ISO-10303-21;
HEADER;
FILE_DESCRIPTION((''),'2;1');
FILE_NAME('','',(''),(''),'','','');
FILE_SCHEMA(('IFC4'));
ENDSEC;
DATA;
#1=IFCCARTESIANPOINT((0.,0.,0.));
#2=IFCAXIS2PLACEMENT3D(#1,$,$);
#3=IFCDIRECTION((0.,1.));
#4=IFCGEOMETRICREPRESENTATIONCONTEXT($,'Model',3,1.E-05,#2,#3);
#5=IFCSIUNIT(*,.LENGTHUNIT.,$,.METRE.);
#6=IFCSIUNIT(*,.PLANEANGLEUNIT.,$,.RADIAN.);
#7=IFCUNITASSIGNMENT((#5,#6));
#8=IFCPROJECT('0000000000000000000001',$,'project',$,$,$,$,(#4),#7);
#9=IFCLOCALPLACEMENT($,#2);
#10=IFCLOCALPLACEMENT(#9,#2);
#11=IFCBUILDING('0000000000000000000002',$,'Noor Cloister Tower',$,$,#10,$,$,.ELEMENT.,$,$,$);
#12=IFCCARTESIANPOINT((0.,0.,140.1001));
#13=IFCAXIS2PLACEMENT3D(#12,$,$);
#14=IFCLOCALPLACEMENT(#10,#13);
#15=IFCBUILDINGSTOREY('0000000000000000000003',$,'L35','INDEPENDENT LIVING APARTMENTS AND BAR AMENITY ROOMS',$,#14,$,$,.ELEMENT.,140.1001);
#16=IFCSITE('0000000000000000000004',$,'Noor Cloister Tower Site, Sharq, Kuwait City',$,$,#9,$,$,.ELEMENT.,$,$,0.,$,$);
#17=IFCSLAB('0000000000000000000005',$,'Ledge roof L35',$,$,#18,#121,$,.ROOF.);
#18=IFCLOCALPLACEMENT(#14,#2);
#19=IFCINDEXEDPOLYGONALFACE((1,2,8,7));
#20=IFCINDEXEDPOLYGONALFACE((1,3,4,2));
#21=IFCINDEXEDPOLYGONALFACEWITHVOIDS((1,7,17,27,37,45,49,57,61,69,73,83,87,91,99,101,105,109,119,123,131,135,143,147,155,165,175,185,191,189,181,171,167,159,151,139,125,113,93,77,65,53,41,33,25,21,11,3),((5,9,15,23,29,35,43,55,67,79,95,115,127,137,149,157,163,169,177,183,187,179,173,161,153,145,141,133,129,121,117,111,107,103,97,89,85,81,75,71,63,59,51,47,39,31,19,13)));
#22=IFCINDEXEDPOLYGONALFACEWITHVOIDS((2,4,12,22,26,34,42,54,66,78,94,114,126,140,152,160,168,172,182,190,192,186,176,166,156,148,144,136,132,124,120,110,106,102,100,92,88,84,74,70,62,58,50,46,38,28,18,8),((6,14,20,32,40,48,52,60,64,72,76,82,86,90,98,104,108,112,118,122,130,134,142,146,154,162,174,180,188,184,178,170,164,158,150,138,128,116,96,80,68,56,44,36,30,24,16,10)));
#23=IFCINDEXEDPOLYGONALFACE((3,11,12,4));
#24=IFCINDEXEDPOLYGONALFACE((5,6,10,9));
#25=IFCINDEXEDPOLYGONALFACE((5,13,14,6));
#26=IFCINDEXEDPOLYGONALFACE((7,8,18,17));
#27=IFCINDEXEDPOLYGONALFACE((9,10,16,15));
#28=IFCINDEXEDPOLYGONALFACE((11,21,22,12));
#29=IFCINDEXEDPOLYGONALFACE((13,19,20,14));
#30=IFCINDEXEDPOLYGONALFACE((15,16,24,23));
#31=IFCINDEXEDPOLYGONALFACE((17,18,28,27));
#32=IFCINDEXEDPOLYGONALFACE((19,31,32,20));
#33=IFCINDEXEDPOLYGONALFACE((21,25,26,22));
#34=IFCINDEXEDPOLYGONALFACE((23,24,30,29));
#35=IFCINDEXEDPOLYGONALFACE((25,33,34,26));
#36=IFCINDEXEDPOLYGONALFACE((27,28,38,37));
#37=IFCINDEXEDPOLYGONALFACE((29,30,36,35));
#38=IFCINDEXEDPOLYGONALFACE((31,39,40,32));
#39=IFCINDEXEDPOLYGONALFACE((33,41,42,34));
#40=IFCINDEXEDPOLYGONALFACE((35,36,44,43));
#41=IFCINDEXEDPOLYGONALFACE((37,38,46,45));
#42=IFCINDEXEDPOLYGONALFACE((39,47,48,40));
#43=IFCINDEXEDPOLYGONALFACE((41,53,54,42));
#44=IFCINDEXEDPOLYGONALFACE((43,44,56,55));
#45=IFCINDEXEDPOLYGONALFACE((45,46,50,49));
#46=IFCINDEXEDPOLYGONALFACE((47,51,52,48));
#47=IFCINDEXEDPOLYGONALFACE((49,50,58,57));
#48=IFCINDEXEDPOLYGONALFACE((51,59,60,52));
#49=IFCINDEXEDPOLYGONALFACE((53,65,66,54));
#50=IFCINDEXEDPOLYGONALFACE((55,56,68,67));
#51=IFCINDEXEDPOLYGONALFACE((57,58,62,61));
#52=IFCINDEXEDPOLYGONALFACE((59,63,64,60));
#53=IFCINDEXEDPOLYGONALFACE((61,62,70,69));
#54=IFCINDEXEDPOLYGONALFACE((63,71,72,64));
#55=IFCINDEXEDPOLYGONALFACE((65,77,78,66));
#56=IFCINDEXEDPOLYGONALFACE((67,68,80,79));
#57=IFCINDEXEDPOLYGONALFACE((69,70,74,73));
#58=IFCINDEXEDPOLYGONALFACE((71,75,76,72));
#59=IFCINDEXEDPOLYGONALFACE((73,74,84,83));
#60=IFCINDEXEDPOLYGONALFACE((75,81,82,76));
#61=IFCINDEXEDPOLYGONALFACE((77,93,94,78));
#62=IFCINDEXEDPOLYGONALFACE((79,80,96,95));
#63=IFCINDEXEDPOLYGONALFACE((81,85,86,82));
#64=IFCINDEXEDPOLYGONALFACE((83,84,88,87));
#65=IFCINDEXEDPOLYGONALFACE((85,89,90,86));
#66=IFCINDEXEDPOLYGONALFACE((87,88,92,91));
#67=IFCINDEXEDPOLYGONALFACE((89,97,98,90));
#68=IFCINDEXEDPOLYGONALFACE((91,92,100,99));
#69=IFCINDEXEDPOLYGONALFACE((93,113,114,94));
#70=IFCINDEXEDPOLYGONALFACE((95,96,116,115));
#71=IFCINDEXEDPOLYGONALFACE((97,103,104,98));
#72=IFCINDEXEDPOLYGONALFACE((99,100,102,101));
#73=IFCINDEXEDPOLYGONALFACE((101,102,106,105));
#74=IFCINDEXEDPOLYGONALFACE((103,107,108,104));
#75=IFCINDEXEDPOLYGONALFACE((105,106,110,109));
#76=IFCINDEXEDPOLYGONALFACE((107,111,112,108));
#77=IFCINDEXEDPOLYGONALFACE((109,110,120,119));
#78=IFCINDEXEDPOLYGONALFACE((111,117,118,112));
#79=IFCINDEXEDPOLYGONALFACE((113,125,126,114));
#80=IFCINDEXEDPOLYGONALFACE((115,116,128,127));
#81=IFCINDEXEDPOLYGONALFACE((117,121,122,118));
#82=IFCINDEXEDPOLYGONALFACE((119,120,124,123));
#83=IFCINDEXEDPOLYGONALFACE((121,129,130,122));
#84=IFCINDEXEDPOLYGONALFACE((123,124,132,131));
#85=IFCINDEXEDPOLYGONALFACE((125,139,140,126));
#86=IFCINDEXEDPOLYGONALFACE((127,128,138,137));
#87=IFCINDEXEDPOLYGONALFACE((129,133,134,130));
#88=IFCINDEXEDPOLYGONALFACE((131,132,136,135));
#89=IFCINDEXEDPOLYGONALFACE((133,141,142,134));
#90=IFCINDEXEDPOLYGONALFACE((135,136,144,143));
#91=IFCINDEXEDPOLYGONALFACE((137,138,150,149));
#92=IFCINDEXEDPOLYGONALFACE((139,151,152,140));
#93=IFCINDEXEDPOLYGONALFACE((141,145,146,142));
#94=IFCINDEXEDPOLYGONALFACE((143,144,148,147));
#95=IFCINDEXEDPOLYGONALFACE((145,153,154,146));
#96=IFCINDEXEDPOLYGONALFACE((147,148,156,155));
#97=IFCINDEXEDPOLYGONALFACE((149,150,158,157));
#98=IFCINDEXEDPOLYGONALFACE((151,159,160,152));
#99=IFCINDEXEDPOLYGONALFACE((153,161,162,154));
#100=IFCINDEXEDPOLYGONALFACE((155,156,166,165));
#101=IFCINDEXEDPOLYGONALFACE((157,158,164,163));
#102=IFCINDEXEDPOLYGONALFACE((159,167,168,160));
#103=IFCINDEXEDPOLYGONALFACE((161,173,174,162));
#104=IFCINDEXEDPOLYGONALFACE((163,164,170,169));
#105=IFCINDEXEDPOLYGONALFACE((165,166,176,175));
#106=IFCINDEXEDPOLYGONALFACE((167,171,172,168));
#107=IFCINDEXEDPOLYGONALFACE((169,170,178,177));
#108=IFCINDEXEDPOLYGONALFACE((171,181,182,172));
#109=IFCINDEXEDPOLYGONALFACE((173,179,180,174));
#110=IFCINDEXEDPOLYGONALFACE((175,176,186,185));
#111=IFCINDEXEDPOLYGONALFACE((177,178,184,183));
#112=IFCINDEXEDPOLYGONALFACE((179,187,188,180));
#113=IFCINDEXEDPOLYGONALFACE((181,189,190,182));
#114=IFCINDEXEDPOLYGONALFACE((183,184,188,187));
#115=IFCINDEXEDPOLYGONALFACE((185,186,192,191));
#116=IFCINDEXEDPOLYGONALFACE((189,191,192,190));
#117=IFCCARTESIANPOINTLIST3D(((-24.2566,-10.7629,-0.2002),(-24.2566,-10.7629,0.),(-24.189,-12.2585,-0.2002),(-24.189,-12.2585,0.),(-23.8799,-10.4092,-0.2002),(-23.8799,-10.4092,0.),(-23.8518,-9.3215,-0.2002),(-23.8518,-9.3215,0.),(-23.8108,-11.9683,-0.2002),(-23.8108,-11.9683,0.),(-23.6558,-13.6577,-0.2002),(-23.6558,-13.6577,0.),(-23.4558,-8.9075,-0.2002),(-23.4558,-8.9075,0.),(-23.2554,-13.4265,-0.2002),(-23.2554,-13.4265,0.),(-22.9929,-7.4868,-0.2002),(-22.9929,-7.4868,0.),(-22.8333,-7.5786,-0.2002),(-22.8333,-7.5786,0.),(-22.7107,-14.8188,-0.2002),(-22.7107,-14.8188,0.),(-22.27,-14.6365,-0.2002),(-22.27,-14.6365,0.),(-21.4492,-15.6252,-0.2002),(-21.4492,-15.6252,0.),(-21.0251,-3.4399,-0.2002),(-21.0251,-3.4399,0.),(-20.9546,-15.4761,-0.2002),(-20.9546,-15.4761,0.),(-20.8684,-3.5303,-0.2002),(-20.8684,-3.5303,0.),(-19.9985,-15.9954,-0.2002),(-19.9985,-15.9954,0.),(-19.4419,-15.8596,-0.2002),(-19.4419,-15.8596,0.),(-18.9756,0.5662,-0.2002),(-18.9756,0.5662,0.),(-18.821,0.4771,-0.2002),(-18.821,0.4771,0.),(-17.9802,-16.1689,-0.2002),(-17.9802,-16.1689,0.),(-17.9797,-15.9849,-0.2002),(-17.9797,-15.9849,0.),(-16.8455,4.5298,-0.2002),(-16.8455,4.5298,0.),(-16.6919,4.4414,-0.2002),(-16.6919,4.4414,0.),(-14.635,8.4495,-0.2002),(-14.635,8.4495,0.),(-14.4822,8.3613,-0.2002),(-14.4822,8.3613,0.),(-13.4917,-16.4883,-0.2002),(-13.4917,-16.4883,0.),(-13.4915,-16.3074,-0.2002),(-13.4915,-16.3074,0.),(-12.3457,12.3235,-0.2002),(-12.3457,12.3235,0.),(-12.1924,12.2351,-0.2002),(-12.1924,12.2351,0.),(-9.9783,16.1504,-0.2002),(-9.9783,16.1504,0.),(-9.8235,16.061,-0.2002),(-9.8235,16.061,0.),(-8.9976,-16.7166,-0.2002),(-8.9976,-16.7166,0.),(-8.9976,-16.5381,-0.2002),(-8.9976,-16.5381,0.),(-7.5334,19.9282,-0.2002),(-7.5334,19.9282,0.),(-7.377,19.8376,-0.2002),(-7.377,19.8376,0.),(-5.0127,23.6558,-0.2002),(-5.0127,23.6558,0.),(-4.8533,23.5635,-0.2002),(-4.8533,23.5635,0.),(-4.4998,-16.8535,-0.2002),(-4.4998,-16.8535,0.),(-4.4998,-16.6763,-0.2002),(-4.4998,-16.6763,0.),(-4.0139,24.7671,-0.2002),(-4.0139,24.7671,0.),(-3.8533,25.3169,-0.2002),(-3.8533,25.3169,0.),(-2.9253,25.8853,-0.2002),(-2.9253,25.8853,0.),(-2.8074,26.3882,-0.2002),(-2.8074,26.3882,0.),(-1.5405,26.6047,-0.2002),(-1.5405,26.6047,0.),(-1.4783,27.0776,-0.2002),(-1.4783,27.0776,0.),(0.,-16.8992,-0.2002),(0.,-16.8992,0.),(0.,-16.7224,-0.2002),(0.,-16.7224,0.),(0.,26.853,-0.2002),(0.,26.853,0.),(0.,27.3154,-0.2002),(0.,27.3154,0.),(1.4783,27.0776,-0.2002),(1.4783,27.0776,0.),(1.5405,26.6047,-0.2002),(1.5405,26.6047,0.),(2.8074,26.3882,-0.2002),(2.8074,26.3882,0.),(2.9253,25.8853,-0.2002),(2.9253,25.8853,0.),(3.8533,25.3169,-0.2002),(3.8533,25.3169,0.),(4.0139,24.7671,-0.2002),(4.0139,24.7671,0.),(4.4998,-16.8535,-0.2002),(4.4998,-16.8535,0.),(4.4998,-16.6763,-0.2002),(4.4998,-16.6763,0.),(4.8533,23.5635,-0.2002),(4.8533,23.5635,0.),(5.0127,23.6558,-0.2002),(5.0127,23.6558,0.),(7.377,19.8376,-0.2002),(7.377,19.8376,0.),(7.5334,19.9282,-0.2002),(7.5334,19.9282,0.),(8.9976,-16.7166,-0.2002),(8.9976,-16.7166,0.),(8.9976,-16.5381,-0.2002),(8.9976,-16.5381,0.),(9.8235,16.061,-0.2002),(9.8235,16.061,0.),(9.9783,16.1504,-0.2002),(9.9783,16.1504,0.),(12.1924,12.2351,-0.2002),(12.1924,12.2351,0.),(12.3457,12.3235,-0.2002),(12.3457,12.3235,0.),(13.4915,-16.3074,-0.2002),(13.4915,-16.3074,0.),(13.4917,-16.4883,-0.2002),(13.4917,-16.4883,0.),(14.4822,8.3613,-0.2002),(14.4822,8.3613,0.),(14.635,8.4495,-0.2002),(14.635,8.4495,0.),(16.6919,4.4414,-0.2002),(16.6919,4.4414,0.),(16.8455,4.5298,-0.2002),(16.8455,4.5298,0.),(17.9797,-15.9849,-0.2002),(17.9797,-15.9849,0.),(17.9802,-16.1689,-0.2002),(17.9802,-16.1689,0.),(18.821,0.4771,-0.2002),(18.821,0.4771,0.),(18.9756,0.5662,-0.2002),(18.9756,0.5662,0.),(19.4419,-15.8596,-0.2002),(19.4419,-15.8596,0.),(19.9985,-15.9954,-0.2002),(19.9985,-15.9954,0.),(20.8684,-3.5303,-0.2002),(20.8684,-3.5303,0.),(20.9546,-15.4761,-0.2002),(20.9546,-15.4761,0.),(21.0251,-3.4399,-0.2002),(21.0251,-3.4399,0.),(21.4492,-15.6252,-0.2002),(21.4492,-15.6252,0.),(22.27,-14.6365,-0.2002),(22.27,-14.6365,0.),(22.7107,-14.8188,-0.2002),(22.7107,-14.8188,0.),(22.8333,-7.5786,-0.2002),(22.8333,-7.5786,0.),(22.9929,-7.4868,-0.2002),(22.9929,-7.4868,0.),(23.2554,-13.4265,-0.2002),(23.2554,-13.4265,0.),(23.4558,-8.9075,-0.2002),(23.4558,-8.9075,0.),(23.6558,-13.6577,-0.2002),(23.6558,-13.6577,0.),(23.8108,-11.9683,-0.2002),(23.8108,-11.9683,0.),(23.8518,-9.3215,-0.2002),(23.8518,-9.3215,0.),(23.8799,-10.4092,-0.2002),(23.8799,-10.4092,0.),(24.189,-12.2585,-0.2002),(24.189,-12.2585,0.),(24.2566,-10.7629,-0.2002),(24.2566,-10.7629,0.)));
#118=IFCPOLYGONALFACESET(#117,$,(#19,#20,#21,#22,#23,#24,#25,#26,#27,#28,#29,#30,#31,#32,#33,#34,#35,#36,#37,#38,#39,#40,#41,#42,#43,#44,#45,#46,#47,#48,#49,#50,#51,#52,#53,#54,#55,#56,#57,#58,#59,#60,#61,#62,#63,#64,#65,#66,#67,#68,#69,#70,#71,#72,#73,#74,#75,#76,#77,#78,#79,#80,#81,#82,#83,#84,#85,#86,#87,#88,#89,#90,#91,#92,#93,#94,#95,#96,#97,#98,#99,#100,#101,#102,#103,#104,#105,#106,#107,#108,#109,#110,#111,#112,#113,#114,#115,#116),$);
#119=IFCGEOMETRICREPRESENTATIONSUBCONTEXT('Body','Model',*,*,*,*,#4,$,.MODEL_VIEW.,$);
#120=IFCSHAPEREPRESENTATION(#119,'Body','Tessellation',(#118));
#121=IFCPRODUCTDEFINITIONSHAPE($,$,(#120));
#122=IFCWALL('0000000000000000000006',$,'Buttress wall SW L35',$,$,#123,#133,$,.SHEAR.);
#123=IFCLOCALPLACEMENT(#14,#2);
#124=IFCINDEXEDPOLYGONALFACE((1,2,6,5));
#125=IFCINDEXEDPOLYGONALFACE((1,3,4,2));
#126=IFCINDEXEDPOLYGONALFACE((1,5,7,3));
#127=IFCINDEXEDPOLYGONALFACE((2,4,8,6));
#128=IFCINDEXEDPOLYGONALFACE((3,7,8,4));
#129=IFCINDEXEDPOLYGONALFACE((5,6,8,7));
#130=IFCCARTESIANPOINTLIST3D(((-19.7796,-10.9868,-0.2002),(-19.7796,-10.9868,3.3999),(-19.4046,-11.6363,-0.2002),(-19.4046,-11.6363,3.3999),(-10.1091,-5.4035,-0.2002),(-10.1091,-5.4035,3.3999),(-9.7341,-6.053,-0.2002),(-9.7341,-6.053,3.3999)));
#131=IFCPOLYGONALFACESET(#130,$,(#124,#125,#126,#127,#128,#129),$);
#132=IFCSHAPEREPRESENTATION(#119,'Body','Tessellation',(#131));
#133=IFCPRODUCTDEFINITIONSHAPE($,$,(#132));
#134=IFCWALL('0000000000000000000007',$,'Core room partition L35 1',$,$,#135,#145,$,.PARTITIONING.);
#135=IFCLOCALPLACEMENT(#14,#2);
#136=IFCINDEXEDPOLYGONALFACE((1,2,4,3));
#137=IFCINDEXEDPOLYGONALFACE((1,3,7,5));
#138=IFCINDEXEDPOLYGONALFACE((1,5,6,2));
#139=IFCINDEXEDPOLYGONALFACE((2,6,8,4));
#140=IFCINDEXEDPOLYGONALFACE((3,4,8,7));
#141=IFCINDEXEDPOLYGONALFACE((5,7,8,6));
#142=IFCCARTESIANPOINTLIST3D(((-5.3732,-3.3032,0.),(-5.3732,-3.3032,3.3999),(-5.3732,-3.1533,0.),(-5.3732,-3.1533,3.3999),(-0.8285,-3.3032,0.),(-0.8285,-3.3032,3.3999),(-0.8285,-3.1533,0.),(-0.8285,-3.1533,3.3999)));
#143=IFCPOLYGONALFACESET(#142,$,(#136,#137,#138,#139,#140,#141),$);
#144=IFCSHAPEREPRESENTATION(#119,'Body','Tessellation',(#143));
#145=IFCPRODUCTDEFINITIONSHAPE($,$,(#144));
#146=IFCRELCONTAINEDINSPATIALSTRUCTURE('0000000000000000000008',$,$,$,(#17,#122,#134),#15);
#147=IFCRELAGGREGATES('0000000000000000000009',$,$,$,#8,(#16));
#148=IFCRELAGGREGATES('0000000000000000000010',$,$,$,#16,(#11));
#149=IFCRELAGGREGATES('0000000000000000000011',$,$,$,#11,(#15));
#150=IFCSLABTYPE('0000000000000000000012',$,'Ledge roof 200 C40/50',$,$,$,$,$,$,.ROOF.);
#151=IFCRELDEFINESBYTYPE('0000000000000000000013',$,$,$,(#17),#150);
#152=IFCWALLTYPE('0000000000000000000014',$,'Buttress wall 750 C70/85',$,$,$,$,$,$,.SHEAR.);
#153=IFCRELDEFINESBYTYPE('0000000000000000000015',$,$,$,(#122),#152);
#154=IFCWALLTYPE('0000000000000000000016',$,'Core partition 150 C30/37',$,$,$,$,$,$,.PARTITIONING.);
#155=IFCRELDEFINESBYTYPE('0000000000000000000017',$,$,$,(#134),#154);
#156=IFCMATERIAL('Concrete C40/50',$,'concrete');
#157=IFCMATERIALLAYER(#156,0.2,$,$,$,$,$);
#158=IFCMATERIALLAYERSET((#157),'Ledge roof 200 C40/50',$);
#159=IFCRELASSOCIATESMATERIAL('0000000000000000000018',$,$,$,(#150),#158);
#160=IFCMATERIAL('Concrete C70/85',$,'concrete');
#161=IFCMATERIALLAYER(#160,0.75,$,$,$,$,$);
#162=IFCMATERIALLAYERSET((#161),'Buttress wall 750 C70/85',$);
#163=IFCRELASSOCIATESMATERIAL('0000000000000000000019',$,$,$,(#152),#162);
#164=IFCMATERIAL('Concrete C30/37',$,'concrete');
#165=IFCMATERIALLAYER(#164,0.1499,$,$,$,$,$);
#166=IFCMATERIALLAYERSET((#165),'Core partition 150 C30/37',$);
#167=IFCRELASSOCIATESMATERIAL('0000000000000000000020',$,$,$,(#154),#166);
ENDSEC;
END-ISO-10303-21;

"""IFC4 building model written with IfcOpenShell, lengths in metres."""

from ifc_helpers import new_model, si_unit, direction, frame, frame_2d, origin, place, context, subcontext, project, spatial, polyline, rectangle, outline, extrude, material, layer, layer_set, type_object, element, save


model = new_model("IFC4")

# Units and contexts
model_context = context("Model", 3, precision=1e-05, world=origin(), true_north=direction((0.0, 1.0)))
body_context = subcontext(model_context, "Body", "Model", "MODEL_VIEW")
ifc_project = project(units=[si_unit("LENGTHUNIT", "METRE"), si_unit("PLANEANGLEUNIT", "RADIAN")], contexts=[model_context])

# Site, building, storey
site_placement = place(None, origin())
site = spatial("IfcSite", under=ifc_project, at=site_placement, Name="Noor Cloister Tower Site, Sharq, Kuwait City", CompositionType="ELEMENT", RefElevation=0.0)
building_placement = place(site_placement, origin())
building = spatial("IfcBuilding", under=site, at=building_placement, Name="Noor Cloister Tower", CompositionType="ELEMENT")
storey_placement = place(building_placement, frame((0.0, 0.0, 140.1001)))
storey = spatial("IfcBuildingStorey", under=building, at=storey_placement, Name="L35", Description="INDEPENDENT LIVING APARTMENTS AND BAR AMENITY ROOMS", CompositionType="ELEMENT", Elevation=140.1001)

# Slab
ifc_material_1 = material(Name="Concrete C40/50", Category="concrete")
ifc_layer_1 = layer(ifc_material_1, 0.2)
ifc_layer_set_1 = layer_set([ifc_layer_1], Name="Ledge roof 200 C40/50")
slab_type_1 = type_object("IfcSlabType", Name="Ledge roof 200 C40/50", PredefinedType="ROOF", material=ifc_layer_set_1)
slab_1_placement = place(storey_placement, frame((0.0, 0.0, -0.2002)))
element("IfcSlab", 1, at=slab_1_placement, inside=storey, type_object=slab_type_1, Name="Ledge roof L35", PredefinedType="ROOF", context=body_context, shape_type="SweptSolid", body=[
    extrude(outline(polyline([(5.0127, 23.6558), (3.8533, 25.3169), (2.8074, 26.3882), (1.4783, 27.0776), (0.0, 27.3154), (-1.4783, 27.0776), (-2.8074, 26.3882), (-3.8533, 25.3169), (-5.0127, 23.6558), (-7.5334, 19.9282), (-9.9783, 16.1504), (-12.3457, 12.3235), (-14.635, 8.4495), (-16.8455, 4.5298), (-18.9756, 0.5662), (-21.0251, -3.4399), (-22.9929, -7.4868), (-23.8518, -9.3215), (-24.2566, -10.7629), (-24.189, -12.2585), (-23.6558, -13.6577), (-22.7107, -14.8188), (-21.4492, -15.6252), (-19.9985, -15.9954), (-17.9802, -16.1689), (-13.4917, -16.4883), (-8.9976, -16.7166), (-4.4998, -16.8535), (0.0, -16.8992), (4.4998, -16.8535), (8.9976, -16.7166), (13.4917, -16.4883), (17.9802, -16.1689), (19.9985, -15.9954), (21.4492, -15.6252), (22.7107, -14.8188), (23.6558, -13.6577), (24.189, -12.2585), (24.2566, -10.7629), (23.8518, -9.3215), (22.9929, -7.4868), (21.0251, -3.4399), (18.9756, 0.5662), (16.8455, 4.5298), (14.635, 8.4495), (12.3457, 12.3235), (9.9783, 16.1504), (7.5334, 19.9282), (5.0127, 23.6558)]), holes=[polyline([(1.5405, 26.6047), (0.0, 26.853), (-1.5405, 26.6047), (-2.9253, 25.8853), (-4.0139, 24.7671), (-4.8533, 23.5635), (-7.377, 19.8376), (-9.8235, 16.061), (-12.1924, 12.2351), (-14.4822, 8.3613), (-16.6919, 4.4414), (-18.821, 0.4771), (-20.8684, -3.5303), (-22.8333, -7.5786), (-23.4558, -8.9075), (-23.8799, -10.4092), (-23.8108, -11.9683), (-23.2554, -13.4265), (-22.27, -14.6365), (-20.9546, -15.4761), (-19.4419, -15.8596), (-17.9797, -15.9849), (-13.4915, -16.3074), (-8.9976, -16.5381), (-4.4998, -16.6763), (0.0, -16.7224), (4.4998, -16.6763), (8.9976, -16.5381), (13.4915, -16.3074), (17.9797, -15.9849), (19.4419, -15.8596), (20.9546, -15.4761), (22.27, -14.6365), (23.2554, -13.4265), (23.8108, -11.9683), (23.8799, -10.4092), (23.4558, -8.9075), (22.8333, -7.5786), (20.8684, -3.5303), (18.821, 0.4771), (16.6919, 4.4414), (14.4822, 8.3613), (12.1924, 12.2351), (9.8235, 16.061), (7.377, 19.8376), (4.8533, 23.5635), (4.0139, 24.7671), (2.9253, 25.8853), (1.5405, 26.6047)])]), origin(), (0.0, 0.0, 1.0), 0.2002),
])

# Walls
ifc_material_2 = material(Name="Concrete C70/85", Category="concrete")
ifc_layer_2 = layer(ifc_material_2, 0.75)
ifc_layer_set_2 = layer_set([ifc_layer_2], Name="Buttress wall 750 C70/85")
wall_type_1 = type_object("IfcWallType", Name="Buttress wall 750 C70/85", PredefinedType="SHEAR", material=ifc_layer_set_2)
wall_1_placement = place(storey_placement, frame((-9.9216, -5.7283, -0.2002), z_axis=(0.0, 0.0, 1.0), x_axis=(-0.866024, -0.500003, 0.0)))
element("IfcWall", 2, at=wall_1_placement, inside=storey, type_object=wall_type_1, Name="Buttress wall SW L35", PredefinedType="SHEAR", context=body_context, shape_type="SweptSolid", body=[
    extrude(rectangle(XDim=11.1665, YDim=0.75, at=frame_2d((5.5833, 0.0))), origin(), (0.0, 0.0, 1.0), 3.6001),
])
ifc_material_3 = material(Name="Concrete C30/37", Category="concrete")
ifc_layer_3 = layer(ifc_material_3, 0.1499)
ifc_layer_set_3 = layer_set([ifc_layer_3], Name="Core partition 150 C30/37")
wall_type_2 = type_object("IfcWallType", Name="Core partition 150 C30/37", PredefinedType="PARTITIONING", material=ifc_layer_set_3)
wall_2_placement = place(storey_placement, frame((-5.3733, -3.2283, 0.0), z_axis=(0.0, 0.0, 1.0), x_axis=(1.0, 0.0, 0.0)))
element("IfcWall", 3, at=wall_2_placement, inside=storey, type_object=wall_type_2, Name="Core room partition L35 1", PredefinedType="PARTITIONING", context=body_context, shape_type="SweptSolid", body=[
    extrude(rectangle(XDim=4.5447, YDim=0.1499, at=frame_2d((2.2725, 0.0))), origin(), (0.0, 0.0, 1.0), 3.3999),
])

save(model, "model.ifc")
